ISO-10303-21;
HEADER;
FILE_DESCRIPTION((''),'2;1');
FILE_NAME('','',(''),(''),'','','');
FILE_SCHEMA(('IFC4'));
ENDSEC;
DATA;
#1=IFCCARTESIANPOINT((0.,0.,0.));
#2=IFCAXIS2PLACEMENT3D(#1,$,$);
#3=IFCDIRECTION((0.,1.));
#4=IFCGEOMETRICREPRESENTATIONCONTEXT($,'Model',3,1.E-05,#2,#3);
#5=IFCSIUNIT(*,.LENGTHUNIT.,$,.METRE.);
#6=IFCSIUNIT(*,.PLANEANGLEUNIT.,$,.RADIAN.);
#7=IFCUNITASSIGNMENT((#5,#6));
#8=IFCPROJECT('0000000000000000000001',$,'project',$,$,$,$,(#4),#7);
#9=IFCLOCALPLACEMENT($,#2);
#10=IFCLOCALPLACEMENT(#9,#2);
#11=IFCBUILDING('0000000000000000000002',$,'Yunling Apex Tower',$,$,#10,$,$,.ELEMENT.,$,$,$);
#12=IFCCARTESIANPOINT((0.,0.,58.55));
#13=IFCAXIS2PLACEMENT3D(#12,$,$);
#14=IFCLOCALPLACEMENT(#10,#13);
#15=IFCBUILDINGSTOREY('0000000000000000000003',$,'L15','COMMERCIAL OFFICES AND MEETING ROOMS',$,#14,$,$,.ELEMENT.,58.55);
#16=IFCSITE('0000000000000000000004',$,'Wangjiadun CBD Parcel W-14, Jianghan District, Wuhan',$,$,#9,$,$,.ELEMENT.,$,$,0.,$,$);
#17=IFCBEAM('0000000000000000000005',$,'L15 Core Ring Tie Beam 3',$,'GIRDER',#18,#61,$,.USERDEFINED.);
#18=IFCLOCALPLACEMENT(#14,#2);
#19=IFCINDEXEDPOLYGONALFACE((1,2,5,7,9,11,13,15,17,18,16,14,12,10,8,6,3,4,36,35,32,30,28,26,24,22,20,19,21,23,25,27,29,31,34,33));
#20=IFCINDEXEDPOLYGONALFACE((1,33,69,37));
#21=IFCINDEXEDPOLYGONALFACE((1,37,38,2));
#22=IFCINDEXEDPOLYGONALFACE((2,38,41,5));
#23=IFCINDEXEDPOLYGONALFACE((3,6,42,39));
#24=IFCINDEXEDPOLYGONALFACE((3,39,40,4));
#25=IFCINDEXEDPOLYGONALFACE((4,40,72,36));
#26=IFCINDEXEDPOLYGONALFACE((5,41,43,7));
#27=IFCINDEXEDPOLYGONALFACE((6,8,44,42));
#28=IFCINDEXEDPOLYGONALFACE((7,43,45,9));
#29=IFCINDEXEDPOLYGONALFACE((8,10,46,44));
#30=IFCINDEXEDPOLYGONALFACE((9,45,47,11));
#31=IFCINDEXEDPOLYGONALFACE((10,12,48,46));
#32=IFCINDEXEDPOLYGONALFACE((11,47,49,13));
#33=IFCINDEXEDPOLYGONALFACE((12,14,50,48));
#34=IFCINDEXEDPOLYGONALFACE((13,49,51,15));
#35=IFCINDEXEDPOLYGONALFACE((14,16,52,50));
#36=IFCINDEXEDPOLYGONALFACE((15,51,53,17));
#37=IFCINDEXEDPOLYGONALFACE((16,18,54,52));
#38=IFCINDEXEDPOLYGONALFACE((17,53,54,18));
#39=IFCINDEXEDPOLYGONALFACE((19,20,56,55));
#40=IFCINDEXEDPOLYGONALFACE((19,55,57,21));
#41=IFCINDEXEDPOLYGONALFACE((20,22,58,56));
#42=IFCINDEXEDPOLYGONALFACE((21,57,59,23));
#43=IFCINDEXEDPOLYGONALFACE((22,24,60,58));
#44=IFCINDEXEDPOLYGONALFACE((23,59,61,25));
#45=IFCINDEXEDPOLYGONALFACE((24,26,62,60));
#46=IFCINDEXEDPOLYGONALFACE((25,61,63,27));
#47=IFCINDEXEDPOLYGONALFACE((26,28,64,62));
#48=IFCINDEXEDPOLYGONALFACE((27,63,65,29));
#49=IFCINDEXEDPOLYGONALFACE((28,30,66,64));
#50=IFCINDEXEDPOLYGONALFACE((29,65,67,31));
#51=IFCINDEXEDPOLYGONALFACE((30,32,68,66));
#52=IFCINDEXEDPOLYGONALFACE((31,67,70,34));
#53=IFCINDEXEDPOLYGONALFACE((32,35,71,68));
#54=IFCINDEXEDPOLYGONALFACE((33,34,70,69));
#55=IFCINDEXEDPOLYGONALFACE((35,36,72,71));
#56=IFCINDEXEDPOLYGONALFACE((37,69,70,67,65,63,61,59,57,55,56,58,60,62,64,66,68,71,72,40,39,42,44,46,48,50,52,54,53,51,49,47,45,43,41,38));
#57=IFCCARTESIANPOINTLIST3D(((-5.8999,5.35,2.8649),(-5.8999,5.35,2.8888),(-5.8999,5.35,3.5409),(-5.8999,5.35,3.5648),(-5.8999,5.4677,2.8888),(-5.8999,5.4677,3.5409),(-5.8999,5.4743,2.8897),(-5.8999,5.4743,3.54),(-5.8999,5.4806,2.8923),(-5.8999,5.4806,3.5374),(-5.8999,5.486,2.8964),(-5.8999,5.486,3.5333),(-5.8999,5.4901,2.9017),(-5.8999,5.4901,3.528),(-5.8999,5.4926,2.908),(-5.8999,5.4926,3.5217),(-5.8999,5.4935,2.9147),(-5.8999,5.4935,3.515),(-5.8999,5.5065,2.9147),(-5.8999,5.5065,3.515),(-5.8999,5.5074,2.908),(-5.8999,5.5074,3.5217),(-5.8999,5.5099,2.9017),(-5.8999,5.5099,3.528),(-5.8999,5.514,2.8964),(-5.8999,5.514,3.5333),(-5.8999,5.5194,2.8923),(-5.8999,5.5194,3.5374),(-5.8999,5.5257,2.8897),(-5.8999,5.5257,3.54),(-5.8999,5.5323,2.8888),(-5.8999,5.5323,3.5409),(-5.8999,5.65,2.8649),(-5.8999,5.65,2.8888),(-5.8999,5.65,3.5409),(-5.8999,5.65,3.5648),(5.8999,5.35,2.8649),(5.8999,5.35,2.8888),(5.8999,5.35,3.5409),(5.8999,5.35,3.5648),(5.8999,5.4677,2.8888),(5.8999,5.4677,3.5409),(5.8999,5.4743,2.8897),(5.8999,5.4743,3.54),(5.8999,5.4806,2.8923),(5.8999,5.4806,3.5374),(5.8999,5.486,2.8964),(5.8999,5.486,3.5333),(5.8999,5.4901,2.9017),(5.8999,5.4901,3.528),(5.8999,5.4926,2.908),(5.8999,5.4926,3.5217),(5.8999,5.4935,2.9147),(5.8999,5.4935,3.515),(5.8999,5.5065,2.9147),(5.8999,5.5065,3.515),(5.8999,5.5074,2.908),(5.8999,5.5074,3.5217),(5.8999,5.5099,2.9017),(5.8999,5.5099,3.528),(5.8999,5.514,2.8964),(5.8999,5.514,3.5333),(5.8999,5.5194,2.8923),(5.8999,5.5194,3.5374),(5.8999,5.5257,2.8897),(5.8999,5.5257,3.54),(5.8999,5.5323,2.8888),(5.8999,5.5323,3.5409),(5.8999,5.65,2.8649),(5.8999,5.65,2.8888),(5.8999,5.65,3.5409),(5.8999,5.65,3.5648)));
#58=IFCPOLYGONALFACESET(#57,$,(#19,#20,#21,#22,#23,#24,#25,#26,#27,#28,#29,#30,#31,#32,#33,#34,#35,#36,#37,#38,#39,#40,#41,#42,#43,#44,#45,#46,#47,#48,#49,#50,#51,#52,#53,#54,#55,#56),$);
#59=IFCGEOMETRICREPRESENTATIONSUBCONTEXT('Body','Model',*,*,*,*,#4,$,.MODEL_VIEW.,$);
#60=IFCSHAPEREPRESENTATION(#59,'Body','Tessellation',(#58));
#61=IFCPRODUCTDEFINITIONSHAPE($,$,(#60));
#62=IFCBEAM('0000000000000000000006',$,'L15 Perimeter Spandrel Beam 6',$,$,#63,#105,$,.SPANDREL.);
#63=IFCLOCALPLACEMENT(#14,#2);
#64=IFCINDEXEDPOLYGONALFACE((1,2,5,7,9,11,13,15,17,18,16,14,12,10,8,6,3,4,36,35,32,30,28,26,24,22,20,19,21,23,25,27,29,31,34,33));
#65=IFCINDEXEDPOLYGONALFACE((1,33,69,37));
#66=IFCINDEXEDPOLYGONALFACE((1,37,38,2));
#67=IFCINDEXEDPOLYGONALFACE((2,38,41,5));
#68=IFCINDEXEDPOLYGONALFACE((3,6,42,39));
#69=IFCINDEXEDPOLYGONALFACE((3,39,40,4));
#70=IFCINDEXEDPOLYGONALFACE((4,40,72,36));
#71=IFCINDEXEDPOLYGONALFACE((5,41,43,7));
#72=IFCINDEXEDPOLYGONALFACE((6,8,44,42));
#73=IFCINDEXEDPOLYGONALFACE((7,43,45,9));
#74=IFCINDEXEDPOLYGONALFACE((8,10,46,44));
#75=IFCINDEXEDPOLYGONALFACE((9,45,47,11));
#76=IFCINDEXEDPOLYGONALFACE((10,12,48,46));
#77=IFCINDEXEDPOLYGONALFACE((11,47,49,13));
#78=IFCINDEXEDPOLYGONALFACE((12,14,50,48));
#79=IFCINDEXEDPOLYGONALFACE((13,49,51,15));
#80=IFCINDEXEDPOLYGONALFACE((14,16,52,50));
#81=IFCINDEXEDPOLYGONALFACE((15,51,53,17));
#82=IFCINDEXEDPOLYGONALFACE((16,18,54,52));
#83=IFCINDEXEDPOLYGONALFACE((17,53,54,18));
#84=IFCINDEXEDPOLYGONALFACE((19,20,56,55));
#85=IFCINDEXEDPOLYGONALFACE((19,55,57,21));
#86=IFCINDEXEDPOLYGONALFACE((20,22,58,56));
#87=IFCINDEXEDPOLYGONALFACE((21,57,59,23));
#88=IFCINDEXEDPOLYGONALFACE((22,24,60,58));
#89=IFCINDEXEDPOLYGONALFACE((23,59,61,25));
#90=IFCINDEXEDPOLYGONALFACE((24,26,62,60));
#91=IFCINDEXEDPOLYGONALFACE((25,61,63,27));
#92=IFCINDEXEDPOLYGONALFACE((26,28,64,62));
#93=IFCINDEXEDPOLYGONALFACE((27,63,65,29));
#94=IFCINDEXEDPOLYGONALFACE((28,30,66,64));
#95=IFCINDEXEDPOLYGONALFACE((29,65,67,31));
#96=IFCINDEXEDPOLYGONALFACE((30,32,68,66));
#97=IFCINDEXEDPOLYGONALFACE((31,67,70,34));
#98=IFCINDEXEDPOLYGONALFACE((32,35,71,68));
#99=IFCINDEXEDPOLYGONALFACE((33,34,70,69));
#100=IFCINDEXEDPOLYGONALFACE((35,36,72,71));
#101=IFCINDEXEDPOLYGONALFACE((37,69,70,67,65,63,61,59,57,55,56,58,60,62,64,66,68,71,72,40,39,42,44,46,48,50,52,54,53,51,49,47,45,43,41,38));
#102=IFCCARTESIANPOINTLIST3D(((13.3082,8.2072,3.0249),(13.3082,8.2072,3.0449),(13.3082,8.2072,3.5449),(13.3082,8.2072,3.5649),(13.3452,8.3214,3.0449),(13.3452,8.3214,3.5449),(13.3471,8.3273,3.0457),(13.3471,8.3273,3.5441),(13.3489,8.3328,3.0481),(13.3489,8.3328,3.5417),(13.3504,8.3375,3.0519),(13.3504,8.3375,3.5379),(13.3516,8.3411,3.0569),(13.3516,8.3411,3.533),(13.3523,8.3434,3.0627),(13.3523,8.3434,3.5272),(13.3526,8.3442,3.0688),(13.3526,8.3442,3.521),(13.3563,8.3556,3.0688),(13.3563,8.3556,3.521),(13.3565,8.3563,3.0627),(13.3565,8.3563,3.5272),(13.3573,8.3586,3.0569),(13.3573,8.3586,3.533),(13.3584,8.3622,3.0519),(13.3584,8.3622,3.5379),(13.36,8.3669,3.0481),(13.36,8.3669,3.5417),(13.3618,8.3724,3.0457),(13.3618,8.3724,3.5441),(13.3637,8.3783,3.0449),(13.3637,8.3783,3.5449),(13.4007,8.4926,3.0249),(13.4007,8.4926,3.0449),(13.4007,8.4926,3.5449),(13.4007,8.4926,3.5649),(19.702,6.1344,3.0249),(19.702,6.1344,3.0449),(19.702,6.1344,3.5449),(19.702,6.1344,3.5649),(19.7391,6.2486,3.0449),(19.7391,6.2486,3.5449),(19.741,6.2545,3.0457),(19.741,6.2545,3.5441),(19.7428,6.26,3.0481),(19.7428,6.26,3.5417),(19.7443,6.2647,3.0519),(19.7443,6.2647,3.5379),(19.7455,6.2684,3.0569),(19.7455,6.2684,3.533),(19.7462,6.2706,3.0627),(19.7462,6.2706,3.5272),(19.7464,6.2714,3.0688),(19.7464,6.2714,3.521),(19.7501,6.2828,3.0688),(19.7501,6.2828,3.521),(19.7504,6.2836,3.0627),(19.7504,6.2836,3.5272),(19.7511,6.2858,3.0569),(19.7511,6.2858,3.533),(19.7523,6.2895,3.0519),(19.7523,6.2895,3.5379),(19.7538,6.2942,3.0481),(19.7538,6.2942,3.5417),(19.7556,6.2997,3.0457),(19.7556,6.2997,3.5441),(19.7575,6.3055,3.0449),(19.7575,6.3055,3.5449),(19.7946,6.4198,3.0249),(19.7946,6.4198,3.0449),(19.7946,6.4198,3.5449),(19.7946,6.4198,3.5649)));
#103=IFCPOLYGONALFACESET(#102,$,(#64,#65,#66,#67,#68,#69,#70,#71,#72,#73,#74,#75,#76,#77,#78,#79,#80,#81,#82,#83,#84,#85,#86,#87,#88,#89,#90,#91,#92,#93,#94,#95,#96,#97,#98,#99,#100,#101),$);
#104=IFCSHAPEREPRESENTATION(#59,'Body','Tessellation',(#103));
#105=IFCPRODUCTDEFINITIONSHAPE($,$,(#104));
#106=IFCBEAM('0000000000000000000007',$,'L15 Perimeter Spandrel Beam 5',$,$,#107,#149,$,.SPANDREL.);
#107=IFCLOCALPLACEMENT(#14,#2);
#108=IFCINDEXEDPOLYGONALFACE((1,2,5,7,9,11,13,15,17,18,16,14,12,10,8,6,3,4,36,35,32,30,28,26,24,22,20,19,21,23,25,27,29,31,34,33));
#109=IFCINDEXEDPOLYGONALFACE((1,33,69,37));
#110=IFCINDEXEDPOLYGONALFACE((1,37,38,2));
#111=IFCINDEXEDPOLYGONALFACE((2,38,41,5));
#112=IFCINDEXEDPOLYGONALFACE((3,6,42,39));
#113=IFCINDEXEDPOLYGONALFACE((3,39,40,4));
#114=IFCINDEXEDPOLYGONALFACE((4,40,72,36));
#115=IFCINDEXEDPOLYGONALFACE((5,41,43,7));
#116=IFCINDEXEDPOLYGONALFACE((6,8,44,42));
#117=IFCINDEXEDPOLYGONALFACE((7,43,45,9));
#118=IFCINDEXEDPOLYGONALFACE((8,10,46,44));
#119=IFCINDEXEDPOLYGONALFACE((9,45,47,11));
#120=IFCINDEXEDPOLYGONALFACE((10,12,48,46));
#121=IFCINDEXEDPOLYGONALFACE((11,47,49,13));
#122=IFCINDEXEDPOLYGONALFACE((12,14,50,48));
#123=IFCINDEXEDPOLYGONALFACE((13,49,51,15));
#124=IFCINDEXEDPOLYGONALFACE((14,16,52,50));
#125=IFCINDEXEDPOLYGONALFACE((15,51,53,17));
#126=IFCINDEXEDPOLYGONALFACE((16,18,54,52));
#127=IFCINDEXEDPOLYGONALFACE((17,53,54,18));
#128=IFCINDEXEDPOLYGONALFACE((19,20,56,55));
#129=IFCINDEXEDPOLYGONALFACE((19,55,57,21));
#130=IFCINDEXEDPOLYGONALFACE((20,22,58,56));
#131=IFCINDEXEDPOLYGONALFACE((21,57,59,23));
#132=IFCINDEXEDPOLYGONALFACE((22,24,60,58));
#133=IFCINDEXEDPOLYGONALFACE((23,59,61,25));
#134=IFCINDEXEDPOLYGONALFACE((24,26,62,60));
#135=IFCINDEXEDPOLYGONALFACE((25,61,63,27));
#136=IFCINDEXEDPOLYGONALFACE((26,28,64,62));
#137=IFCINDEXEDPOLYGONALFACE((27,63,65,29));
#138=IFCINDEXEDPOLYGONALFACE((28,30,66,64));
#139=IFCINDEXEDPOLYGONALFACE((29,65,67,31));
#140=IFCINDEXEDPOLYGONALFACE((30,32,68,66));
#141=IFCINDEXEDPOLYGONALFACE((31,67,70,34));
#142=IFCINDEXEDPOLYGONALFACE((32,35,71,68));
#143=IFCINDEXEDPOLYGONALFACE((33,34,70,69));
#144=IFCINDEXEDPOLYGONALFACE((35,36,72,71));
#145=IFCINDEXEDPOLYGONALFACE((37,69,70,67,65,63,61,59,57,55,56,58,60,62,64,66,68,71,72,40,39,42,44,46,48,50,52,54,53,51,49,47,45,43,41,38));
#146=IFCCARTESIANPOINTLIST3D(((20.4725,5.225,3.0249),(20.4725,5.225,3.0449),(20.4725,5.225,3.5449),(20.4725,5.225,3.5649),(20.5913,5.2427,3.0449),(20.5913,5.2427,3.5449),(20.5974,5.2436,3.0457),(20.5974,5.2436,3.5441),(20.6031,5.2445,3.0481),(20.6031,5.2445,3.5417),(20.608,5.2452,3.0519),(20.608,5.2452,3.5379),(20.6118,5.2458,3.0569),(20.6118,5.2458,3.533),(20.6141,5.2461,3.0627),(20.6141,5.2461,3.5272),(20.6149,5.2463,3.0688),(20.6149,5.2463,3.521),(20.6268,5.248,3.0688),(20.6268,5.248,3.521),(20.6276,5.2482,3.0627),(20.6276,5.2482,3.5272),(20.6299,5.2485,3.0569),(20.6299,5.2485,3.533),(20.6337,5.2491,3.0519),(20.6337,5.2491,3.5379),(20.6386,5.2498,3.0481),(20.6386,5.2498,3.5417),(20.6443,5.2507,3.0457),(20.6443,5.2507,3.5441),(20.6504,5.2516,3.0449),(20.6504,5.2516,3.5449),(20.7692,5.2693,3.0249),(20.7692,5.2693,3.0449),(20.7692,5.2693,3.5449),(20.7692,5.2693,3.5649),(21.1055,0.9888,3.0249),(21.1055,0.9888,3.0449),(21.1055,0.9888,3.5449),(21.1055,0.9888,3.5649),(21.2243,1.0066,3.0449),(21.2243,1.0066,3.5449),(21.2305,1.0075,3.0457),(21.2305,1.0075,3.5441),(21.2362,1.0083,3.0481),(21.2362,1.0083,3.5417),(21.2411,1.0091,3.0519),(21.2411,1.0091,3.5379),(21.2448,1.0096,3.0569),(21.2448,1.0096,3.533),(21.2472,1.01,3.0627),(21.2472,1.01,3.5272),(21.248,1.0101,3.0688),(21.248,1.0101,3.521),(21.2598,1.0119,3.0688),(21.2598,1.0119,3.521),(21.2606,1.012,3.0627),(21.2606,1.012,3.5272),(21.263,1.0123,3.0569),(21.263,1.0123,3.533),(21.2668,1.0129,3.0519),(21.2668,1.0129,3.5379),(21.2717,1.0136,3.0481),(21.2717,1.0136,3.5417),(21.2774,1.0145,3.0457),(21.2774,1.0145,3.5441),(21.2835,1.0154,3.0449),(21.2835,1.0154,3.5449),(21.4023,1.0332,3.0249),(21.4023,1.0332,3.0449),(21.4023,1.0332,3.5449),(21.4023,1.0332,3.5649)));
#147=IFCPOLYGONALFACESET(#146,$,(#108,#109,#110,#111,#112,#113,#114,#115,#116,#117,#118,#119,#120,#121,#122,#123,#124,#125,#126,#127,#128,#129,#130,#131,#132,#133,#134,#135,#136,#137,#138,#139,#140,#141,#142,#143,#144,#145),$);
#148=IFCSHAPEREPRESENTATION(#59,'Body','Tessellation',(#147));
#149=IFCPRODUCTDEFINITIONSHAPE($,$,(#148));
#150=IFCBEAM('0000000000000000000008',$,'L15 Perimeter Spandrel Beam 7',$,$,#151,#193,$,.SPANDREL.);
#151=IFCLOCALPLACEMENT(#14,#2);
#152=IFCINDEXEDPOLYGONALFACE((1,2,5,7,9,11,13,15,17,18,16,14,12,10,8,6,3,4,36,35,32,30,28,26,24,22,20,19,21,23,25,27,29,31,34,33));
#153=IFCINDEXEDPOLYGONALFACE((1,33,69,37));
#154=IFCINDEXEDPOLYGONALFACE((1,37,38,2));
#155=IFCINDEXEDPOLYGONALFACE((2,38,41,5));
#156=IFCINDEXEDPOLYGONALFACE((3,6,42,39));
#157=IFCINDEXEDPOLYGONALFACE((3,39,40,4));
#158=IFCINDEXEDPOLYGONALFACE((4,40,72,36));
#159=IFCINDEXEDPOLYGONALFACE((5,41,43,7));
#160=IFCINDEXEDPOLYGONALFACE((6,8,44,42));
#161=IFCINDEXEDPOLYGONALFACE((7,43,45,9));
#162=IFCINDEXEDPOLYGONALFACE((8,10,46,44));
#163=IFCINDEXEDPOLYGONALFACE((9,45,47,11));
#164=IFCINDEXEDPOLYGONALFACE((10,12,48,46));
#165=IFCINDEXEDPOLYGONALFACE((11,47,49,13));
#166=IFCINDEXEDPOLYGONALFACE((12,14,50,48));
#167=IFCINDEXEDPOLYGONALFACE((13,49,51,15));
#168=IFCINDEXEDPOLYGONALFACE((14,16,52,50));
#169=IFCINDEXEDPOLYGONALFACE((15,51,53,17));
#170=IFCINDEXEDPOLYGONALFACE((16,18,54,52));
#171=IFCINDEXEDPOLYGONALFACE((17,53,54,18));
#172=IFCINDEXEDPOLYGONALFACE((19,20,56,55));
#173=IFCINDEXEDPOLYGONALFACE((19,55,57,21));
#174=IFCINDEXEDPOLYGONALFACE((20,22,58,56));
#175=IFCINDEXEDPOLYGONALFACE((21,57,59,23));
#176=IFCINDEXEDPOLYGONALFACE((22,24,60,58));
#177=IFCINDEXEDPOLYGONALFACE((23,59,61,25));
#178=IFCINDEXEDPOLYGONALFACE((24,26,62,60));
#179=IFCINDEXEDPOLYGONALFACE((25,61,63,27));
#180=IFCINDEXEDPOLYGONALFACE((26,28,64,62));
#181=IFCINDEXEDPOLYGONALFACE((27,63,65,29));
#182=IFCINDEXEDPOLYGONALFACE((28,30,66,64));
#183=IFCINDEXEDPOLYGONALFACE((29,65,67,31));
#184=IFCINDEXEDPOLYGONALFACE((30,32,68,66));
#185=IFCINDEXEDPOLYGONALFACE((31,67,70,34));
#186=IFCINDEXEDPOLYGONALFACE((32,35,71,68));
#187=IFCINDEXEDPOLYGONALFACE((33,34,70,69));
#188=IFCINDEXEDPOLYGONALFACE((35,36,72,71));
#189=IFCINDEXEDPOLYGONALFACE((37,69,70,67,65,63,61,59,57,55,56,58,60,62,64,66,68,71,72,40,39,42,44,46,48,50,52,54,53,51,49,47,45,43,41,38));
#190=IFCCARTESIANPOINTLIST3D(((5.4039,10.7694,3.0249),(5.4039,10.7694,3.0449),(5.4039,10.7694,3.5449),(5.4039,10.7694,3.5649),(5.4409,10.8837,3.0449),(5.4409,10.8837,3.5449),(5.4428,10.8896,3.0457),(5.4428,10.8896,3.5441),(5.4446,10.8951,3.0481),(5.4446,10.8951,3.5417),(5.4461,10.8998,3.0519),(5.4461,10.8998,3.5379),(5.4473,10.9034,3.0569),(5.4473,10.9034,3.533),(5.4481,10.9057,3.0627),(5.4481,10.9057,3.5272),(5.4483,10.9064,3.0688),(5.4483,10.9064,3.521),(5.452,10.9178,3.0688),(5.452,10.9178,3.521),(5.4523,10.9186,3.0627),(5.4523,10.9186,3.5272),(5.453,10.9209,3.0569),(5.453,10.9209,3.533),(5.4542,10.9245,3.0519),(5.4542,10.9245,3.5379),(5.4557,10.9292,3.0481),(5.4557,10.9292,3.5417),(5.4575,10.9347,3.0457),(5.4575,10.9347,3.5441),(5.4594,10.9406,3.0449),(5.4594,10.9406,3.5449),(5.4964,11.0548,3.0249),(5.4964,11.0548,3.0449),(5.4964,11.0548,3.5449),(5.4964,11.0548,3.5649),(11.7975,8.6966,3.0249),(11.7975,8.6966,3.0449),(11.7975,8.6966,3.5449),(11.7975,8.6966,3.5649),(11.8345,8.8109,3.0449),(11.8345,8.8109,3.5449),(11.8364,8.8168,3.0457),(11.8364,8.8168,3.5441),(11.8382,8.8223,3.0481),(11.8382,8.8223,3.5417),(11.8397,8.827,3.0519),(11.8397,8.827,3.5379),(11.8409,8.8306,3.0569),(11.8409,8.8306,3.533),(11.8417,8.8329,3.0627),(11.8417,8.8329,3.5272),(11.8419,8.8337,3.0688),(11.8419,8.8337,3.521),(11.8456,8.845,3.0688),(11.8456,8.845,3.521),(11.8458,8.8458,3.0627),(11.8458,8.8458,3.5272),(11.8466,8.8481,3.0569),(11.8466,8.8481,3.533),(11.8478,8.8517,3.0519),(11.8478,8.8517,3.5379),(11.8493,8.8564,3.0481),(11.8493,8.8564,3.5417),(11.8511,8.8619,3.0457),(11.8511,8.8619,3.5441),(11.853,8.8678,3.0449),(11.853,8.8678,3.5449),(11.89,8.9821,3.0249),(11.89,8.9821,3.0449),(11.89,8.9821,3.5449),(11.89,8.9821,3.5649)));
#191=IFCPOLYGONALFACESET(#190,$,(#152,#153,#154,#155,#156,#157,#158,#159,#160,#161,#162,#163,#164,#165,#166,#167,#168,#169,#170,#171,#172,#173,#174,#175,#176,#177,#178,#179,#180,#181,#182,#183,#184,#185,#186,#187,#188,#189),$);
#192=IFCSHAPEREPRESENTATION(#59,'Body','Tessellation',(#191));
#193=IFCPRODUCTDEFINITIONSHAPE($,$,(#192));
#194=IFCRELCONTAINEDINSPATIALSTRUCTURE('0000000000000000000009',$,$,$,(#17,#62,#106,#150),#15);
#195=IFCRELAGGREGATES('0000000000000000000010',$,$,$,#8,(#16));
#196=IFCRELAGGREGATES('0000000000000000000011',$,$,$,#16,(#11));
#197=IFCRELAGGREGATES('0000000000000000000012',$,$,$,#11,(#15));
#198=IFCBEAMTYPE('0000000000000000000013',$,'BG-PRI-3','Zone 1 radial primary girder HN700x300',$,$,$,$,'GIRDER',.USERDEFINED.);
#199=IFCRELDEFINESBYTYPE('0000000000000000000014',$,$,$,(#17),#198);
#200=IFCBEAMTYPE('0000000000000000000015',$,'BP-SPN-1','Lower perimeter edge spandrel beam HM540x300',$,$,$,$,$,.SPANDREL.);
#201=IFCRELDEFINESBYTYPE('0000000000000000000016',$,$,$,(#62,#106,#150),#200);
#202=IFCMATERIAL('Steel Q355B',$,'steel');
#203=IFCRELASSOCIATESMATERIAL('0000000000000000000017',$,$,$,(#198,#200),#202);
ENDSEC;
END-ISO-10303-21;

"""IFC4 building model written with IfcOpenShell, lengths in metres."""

from ifc_helpers import new_model, si_unit, direction, frame, origin, origin_2d, place, context, subcontext, project, spatial, i_section, extrude, source, transform, mapped, material, material_profile, profile_set, type_object, element, save


model = new_model("IFC4")

# Units and contexts
model_context = context("Model", 3, precision=1e-05, world=origin(), true_north=direction((0.0, 1.0)))
body_context = subcontext(model_context, "Body", "Model", "MODEL_VIEW")
ifc_project = project(units=[si_unit("LENGTHUNIT", "METRE"), si_unit("PLANEANGLEUNIT", "RADIAN")], contexts=[model_context])

# Site, building, storey
site_placement = place(None, origin())
site = spatial("IfcSite", under=ifc_project, at=site_placement, Name="Wangjiadun CBD Parcel W-14, Jianghan District, Wuhan", CompositionType="ELEMENT", RefElevation=0.0)
building_placement = place(site_placement, origin())
building = spatial("IfcBuilding", under=site, at=building_placement, Name="Yunling Apex Tower", CompositionType="ELEMENT")
storey_placement = place(building_placement, frame((0.0, 0.0, 58.55)))
storey = spatial("IfcBuildingStorey", under=building, at=storey_placement, Name="L15", Description="COMMERCIAL OFFICES AND MEETING ROOMS", CompositionType="ELEMENT", Elevation=58.55)

# Beams
ifc_material_1 = material(Name="Steel Q355B", Category="steel")
ifc_material_profile_1 = material_profile(ifc_material_1, i_section(OverallWidth=0.3, OverallDepth=0.7, WebThickness=0.0129, FlangeThickness=0.0239, FilletRadius=0.0259, at=origin_2d()))
ifc_profile_set_1 = profile_set([ifc_material_profile_1], Name="Steel Q355B")
beam_type_1 = type_object("IfcBeamType", Name="BG-PRI-3", Description="Zone 1 radial primary girder HN700x300", ElementType="GIRDER", PredefinedType="USERDEFINED", material=ifc_profile_set_1)
shared_shape_1 = source(origin(), body_context, "Body", "SweptSolid", [
    extrude(i_section(OverallWidth=0.3, OverallDepth=0.7, WebThickness=0.0129, FlangeThickness=0.0239, FilletRadius=0.0259, at=origin_2d()), origin(), (0.0, 0.0, 1.0), 11.7998),
])
beam_1_placement = place(storey_placement, frame((5.8999, 5.5, 3.2148), z_axis=(-1.0, 0.0, 0.0), x_axis=(0.0, -1.0, 0.0)))
element("IfcBeam", 1, at=beam_1_placement, inside=storey, type_object=beam_type_1, Name="L15 Core Ring Tie Beam 3", ObjectType="GIRDER", PredefinedType="USERDEFINED", context=body_context, shape_type="MappedRepresentation", body=[
    mapped(shared_shape_1, transform((0.0, 0.0, 0.0), scale=1.0)),
])
ifc_material_profile_2 = material_profile(ifc_material_1, i_section(OverallWidth=0.3, OverallDepth=0.54, WebThickness=0.012, FlangeThickness=0.02, FilletRadius=0.0239, at=origin_2d()))
ifc_profile_set_2 = profile_set([ifc_material_profile_2], Name="Steel Q355B")
beam_type_2 = type_object("IfcBeamType", Name="BP-SPN-1", Description="Lower perimeter edge spandrel beam HM540x300", PredefinedType="SPANDREL", material=ifc_profile_set_2)
shared_shape_2 = source(origin(), body_context, "Body", "SweptSolid", [
    extrude(i_section(OverallWidth=0.3, OverallDepth=0.54, WebThickness=0.012, FlangeThickness=0.02, FilletRadius=0.0239, at=origin_2d()), origin(), (0.0, 0.0, 1.0), 6.7214),
])
beam_2_placement = place(storey_placement, frame((19.7483, 6.2771, 3.2949), z_axis=(-0.951263, 0.308382, 0.0), x_axis=(-0.308382, -0.951263, 0.0)))
element("IfcBeam", 2, at=beam_2_placement, inside=storey, type_object=beam_type_2, Name="L15 Perimeter Spandrel Beam 6", PredefinedType="SPANDREL", context=body_context, shape_type="MappedRepresentation", body=[
    mapped(shared_shape_2, transform((0.0, 0.0, 0.0), scale=1.0)),
])
shared_shape_3 = source(origin(), body_context, "Body", "SweptSolid", [
    extrude(i_section(OverallWidth=0.3, OverallDepth=0.54, WebThickness=0.012, FlangeThickness=0.02, FilletRadius=0.0239, at=origin_2d()), origin(), (0.0, 0.0, 1.0), 4.2832),
])
beam_3_placement = place(storey_placement, frame((21.2539, 1.011, 3.2949), z_axis=(-0.147802, 0.989017, 0.0), x_axis=(-0.989017, -0.147802, 0.0)))
element("IfcBeam", 3, at=beam_3_placement, inside=storey, type_object=beam_type_2, Name="L15 Perimeter Spandrel Beam 5", PredefinedType="SPANDREL", context=body_context, shape_type="MappedRepresentation", body=[
    mapped(shared_shape_3, transform((0.0, 0.0, 0.0), scale=1.0)),
])
shared_shape_4 = source(origin(), body_context, "Body", "SweptSolid", [
    extrude(i_section(OverallWidth=0.3, OverallDepth=0.54, WebThickness=0.012, FlangeThickness=0.02, FilletRadius=0.0239, at=origin_2d()), origin(), (0.0, 0.0, 1.0), 6.7212),
])
beam_4_placement = place(storey_placement, frame((11.8438, 8.8394, 3.2949), z_axis=(-0.951259, 0.308393, 0.0), x_axis=(-0.308393, -0.951259, 0.0)))
element("IfcBeam", 4, at=beam_4_placement, inside=storey, type_object=beam_type_2, Name="L15 Perimeter Spandrel Beam 7", PredefinedType="SPANDREL", context=body_context, shape_type="MappedRepresentation", body=[
    mapped(shared_shape_4, transform((0.0, 0.0, 0.0), scale=1.0)),
])

save(model, "model.ifc")
